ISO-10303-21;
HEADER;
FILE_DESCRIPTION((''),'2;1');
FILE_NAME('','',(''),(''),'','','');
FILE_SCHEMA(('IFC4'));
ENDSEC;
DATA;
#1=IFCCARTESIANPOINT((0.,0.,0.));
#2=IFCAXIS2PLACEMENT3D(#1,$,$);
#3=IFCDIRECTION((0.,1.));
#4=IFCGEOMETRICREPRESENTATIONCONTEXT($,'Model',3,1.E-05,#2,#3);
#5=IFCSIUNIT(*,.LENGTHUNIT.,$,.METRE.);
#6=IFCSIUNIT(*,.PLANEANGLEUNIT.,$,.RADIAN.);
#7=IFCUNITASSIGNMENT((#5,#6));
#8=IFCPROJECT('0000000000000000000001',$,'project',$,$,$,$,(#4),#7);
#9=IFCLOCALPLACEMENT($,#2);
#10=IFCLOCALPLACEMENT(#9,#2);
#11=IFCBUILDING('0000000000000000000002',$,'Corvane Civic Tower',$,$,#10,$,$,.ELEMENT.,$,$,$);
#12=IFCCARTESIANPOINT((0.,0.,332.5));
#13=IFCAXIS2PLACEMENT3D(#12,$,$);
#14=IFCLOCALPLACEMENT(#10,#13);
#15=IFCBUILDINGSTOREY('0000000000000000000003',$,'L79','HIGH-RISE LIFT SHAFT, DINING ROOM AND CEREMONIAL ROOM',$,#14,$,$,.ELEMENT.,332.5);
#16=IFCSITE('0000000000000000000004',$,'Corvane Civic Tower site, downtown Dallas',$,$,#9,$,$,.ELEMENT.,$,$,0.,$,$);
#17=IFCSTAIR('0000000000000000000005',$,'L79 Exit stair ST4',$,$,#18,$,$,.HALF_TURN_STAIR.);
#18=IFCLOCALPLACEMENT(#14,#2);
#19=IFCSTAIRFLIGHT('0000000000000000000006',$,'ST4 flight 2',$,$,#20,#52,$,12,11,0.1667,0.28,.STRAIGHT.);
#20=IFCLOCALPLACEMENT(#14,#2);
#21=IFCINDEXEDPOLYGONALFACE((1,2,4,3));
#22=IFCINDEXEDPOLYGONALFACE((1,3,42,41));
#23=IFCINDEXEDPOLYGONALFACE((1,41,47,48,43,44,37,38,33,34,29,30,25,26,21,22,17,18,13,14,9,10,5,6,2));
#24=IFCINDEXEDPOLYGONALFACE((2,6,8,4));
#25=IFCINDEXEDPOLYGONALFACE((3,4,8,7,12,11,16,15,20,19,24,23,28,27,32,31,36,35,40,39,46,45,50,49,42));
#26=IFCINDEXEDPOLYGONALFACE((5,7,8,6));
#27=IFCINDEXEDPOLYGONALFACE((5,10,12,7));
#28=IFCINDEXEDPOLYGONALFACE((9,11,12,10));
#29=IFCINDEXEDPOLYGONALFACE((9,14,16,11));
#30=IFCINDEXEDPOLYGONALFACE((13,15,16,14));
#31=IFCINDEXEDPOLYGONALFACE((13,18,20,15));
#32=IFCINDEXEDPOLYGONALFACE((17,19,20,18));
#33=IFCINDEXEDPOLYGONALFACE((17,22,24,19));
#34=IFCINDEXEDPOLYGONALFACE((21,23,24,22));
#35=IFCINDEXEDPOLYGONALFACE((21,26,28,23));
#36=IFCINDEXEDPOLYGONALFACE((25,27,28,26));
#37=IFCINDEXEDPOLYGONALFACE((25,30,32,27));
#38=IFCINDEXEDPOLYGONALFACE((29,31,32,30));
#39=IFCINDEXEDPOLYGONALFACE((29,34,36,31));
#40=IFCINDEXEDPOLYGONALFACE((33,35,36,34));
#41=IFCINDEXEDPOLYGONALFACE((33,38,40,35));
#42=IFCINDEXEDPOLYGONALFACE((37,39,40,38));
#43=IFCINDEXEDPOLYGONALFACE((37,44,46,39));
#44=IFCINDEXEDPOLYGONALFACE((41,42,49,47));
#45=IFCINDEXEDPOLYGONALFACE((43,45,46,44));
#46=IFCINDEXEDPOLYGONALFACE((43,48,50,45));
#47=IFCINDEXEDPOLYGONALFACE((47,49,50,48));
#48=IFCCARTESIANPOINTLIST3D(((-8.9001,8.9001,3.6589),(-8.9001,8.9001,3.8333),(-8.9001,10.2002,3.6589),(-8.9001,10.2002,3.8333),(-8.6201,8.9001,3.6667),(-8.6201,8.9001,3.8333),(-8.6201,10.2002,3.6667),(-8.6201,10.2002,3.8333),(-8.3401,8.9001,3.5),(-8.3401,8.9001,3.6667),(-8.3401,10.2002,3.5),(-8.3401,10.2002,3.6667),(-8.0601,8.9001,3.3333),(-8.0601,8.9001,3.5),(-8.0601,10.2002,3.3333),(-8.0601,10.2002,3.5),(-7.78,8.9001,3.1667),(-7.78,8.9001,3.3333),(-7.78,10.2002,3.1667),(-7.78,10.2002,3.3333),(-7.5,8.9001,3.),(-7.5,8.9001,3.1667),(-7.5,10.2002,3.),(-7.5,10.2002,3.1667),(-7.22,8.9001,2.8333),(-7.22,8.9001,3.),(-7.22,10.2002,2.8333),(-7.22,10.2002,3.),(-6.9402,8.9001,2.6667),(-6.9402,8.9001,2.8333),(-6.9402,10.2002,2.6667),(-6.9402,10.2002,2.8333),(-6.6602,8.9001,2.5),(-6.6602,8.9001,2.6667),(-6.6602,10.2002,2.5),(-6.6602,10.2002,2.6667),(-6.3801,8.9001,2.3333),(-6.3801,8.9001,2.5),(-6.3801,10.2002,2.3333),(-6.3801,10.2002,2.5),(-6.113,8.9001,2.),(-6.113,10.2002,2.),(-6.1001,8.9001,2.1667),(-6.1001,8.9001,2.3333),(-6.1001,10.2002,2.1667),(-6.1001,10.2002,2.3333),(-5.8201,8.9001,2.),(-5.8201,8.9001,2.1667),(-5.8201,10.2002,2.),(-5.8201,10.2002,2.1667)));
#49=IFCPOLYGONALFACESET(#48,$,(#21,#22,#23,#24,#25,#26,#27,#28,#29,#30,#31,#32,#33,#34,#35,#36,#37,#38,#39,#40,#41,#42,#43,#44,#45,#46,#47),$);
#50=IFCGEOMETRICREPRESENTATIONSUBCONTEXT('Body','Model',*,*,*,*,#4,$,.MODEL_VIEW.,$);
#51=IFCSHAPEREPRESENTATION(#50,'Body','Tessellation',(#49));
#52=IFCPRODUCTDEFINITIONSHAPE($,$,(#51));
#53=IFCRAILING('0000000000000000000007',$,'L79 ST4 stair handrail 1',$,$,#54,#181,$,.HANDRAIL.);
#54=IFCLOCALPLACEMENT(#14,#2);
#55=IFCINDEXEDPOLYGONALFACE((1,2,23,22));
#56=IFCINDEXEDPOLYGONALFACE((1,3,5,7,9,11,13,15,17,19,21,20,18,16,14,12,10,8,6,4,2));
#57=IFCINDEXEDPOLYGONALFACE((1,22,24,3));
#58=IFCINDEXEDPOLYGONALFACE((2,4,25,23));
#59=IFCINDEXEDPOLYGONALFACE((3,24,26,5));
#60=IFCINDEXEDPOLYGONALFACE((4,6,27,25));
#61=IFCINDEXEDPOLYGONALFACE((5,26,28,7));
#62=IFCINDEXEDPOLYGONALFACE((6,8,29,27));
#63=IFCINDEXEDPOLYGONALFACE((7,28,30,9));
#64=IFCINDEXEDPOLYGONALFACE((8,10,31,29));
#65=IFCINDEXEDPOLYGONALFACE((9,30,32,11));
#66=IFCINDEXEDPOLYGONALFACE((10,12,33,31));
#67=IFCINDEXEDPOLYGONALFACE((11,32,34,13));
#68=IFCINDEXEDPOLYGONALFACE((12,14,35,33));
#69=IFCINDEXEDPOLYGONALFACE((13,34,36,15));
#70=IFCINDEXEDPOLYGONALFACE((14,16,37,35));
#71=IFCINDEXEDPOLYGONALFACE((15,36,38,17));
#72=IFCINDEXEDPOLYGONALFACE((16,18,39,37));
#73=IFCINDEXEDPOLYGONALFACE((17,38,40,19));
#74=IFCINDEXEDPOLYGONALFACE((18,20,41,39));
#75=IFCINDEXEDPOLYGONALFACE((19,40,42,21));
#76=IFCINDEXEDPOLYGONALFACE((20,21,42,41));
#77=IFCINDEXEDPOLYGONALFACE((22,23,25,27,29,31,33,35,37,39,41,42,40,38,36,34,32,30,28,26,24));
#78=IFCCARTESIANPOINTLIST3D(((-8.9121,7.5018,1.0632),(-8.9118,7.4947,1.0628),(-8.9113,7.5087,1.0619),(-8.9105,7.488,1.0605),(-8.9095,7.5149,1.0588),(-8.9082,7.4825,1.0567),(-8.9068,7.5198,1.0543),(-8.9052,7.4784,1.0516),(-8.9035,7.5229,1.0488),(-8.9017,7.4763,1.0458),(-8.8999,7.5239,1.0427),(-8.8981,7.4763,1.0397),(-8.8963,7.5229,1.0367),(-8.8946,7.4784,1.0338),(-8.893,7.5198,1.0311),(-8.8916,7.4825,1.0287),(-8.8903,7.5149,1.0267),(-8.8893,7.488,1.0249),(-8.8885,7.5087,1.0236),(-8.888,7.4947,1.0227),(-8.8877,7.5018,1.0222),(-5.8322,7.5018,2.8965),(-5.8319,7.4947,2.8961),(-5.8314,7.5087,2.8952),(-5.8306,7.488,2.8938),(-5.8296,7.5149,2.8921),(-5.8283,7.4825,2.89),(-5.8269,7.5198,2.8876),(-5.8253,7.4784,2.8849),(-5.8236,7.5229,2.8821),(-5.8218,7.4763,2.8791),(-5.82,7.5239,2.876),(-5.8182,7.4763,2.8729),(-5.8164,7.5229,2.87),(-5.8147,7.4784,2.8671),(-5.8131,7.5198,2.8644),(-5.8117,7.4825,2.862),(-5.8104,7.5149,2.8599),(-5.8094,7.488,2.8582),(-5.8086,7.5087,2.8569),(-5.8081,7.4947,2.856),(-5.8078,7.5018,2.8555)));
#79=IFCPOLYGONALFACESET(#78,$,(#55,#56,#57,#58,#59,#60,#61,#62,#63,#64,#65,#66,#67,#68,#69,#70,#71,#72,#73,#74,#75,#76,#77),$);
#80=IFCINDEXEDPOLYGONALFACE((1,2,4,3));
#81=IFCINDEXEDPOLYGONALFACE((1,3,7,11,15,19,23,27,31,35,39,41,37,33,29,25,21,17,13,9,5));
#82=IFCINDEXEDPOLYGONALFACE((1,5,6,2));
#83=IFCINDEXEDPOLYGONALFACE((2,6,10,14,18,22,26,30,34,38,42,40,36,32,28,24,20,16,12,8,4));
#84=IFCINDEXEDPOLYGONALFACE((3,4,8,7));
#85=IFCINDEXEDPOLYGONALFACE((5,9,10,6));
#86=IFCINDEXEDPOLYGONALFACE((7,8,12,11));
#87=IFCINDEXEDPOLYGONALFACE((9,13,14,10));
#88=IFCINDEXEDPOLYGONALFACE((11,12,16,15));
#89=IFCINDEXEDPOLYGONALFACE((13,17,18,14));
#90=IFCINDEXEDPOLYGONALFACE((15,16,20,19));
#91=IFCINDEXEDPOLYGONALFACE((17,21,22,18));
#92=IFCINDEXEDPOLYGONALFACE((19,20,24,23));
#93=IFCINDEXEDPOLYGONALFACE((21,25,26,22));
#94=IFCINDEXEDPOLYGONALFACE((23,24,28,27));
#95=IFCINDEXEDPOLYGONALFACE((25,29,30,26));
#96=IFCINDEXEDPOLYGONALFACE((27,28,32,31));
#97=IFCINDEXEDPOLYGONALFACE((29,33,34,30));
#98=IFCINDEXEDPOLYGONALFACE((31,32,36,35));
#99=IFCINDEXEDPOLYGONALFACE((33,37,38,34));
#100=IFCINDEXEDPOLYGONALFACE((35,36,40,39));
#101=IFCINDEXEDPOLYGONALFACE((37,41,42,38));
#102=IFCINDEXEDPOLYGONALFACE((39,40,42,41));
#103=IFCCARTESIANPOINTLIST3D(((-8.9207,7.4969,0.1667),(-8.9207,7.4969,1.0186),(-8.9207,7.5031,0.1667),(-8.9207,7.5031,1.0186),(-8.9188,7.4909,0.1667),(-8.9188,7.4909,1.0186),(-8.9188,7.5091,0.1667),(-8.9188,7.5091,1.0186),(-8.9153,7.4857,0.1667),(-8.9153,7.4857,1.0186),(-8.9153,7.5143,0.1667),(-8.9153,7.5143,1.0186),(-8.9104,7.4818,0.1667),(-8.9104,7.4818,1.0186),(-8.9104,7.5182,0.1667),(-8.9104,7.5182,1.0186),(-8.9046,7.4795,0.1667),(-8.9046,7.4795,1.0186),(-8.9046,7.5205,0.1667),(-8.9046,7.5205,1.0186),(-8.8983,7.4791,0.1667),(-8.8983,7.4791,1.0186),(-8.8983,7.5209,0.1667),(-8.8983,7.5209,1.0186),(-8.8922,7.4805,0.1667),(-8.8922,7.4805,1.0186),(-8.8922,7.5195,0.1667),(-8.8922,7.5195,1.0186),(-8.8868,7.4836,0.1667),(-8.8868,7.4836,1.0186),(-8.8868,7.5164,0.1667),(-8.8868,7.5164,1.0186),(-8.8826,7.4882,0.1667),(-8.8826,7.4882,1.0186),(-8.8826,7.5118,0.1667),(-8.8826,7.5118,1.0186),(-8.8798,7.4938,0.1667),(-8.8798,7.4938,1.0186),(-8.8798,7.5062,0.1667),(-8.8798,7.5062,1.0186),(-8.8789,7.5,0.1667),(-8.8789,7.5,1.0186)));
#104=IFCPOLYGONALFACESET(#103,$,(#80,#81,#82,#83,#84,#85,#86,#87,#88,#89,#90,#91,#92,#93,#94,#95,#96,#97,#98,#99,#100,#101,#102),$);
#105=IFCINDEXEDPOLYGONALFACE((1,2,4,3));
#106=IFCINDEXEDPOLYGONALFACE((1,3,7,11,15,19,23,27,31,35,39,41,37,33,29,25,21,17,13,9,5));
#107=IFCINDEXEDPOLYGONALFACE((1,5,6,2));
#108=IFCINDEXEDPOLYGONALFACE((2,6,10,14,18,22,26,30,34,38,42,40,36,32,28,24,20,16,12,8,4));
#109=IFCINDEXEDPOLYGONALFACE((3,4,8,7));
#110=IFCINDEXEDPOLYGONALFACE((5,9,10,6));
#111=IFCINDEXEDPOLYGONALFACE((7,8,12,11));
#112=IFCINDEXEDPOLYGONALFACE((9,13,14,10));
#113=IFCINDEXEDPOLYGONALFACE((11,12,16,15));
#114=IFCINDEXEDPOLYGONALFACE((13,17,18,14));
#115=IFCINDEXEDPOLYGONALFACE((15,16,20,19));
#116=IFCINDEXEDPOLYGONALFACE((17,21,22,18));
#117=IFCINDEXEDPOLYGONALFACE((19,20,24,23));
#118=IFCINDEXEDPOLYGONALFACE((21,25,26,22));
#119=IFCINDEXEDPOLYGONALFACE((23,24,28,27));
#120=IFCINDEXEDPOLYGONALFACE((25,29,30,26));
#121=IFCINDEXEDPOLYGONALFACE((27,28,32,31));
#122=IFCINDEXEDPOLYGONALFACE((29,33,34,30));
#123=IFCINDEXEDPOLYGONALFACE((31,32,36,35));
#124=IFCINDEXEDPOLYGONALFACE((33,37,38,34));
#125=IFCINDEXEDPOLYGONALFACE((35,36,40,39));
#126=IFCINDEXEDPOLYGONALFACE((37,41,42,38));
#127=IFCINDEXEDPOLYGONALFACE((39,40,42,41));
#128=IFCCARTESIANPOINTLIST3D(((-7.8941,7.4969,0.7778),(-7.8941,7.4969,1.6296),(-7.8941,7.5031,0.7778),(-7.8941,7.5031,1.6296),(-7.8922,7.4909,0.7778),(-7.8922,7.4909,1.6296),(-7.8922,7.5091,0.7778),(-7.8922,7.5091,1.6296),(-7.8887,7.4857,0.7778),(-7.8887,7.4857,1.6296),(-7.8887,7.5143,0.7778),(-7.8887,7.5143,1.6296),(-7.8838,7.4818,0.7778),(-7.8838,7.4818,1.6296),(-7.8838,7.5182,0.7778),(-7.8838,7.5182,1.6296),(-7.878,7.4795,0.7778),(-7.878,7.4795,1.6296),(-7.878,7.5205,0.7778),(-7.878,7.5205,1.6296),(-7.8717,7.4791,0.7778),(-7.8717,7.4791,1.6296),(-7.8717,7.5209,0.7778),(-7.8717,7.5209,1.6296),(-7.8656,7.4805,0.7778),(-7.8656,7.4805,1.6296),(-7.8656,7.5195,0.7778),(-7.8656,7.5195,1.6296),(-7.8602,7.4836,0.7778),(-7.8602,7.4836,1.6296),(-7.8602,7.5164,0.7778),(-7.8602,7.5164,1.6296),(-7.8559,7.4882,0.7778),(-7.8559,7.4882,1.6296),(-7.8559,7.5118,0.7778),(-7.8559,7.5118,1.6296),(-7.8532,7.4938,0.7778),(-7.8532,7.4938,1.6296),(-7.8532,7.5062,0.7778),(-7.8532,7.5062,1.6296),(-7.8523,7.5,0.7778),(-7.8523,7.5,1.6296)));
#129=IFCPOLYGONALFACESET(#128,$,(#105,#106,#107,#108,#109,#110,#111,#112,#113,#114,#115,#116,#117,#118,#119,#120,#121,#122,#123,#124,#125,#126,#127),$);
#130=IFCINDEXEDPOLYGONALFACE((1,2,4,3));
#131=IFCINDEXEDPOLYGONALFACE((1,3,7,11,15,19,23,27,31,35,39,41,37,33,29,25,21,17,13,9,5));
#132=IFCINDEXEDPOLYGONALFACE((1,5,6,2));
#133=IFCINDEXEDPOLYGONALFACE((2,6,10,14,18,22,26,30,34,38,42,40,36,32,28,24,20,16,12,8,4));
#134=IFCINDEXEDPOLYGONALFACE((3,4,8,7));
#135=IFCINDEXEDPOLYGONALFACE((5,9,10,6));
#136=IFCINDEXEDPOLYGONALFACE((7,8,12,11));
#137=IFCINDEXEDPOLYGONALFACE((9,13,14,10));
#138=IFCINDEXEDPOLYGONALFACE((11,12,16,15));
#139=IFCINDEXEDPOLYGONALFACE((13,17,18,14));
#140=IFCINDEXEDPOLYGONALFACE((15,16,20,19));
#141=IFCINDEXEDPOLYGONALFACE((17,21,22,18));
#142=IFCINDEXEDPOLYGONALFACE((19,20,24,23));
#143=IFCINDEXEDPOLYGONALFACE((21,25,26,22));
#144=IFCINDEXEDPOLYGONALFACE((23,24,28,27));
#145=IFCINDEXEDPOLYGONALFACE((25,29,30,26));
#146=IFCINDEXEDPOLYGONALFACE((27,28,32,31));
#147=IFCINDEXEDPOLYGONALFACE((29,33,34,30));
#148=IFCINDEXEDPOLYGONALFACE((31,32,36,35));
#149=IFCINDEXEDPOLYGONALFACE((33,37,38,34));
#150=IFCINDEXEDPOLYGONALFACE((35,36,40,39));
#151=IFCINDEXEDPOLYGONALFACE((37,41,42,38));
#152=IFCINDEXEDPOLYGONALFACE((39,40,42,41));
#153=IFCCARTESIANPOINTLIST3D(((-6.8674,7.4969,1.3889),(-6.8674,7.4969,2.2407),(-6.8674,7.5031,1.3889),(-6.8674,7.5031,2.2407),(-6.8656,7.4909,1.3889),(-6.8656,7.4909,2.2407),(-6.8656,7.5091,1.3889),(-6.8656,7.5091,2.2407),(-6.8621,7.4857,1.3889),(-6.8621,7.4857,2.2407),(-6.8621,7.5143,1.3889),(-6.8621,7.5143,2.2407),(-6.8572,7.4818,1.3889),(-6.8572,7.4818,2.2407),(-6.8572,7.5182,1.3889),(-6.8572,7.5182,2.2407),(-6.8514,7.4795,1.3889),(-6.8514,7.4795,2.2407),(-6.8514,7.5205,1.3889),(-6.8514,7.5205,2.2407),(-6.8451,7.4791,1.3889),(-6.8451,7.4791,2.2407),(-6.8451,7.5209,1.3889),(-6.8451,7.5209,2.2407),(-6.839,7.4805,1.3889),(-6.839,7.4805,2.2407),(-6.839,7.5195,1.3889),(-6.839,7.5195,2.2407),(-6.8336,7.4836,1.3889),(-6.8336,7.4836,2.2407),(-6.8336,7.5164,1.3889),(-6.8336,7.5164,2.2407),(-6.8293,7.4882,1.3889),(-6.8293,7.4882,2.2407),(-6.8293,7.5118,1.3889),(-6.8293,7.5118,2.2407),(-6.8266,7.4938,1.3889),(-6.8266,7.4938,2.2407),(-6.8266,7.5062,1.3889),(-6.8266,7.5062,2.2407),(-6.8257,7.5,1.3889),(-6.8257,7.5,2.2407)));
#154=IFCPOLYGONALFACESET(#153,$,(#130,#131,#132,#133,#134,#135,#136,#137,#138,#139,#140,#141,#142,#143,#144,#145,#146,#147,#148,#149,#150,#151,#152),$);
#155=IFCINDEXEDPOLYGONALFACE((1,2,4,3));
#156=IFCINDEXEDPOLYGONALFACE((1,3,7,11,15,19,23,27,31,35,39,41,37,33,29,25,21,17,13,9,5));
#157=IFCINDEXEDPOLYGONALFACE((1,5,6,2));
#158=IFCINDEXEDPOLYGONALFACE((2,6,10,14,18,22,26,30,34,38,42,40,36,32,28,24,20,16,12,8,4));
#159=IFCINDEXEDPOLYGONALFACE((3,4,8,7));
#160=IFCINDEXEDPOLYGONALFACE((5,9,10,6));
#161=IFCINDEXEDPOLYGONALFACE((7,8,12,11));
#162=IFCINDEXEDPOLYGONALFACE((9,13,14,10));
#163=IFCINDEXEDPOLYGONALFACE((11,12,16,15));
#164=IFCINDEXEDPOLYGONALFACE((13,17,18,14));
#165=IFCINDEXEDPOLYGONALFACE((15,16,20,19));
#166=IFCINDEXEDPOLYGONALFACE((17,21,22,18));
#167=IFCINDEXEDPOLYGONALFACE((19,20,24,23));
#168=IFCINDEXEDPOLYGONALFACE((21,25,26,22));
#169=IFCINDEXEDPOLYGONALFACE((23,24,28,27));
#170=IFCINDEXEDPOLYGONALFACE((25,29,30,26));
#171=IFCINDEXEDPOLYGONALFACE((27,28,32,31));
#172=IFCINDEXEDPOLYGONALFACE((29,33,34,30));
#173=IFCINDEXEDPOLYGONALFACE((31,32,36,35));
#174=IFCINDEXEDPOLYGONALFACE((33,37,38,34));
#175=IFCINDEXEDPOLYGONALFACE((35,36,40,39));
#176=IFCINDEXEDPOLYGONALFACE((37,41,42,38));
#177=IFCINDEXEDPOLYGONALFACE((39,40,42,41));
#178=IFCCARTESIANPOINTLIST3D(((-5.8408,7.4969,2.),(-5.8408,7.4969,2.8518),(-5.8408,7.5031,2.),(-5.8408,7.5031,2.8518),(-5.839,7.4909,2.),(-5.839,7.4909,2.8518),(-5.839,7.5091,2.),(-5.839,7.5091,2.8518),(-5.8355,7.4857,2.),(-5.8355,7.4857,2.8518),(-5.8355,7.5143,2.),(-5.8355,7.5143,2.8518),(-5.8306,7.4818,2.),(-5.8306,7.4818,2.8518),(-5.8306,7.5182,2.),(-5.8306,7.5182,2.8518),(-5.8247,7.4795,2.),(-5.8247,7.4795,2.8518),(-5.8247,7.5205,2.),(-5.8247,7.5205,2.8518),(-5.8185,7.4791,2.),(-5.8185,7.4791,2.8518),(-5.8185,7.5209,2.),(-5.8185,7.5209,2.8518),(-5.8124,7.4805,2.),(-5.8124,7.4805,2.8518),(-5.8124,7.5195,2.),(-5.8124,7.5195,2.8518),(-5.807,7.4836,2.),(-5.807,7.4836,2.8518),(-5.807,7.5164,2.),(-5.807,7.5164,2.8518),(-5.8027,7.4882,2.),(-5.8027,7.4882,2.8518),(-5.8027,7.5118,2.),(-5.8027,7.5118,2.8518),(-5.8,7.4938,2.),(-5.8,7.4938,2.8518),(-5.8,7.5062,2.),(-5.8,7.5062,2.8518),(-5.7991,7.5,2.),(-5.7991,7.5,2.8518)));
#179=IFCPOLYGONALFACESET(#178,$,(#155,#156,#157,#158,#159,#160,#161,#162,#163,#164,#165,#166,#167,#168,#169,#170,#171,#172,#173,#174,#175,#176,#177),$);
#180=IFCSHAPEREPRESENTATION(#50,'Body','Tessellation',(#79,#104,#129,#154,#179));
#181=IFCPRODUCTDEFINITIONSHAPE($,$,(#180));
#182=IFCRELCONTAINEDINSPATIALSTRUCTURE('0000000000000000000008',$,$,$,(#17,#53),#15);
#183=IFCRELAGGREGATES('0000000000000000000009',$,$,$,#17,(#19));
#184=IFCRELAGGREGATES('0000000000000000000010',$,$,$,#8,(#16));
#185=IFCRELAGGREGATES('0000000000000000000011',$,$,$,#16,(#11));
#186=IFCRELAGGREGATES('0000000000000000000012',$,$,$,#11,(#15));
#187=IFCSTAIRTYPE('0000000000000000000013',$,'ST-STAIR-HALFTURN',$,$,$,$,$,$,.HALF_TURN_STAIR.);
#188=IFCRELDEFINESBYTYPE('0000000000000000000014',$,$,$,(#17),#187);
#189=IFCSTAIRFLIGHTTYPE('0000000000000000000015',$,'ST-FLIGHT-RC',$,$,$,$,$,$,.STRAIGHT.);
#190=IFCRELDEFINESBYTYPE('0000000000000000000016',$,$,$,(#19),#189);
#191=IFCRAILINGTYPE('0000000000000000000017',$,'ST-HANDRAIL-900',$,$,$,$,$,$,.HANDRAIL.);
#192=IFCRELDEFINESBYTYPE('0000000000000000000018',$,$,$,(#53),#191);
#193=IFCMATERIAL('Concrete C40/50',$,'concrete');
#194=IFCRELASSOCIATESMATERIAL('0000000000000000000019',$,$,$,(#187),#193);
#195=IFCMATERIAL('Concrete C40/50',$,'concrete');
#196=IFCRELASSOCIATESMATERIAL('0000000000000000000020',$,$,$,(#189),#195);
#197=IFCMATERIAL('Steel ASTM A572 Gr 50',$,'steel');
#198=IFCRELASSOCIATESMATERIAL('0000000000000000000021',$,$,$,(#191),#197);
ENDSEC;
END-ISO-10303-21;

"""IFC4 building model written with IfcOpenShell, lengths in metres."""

from ifc_helpers import new_model, si_unit, direction, frame, origin, origin_2d, place, context, subcontext, project, spatial, polyline, circle, outline, extrude, material, type_object, element, aggregate, save


model = new_model("IFC4")

# Units and contexts
model_context = context("Model", 3, precision=1e-05, world=origin(), true_north=direction((0.0, 1.0)))
body_context = subcontext(model_context, "Body", "Model", "MODEL_VIEW")
ifc_project = project(units=[si_unit("LENGTHUNIT", "METRE"), si_unit("PLANEANGLEUNIT", "RADIAN")], contexts=[model_context])

# Site, building, storey
site_placement = place(None, origin())
site = spatial("IfcSite", under=ifc_project, at=site_placement, Name="Corvane Civic Tower site, downtown Dallas", CompositionType="ELEMENT", RefElevation=0.0)
building_placement = place(site_placement, origin())
building = spatial("IfcBuilding", under=site, at=building_placement, Name="Corvane Civic Tower", CompositionType="ELEMENT")
storey_placement = place(building_placement, frame((0.0, 0.0, 332.5)))
storey = spatial("IfcBuildingStorey", under=building, at=storey_placement, Name="L79", Description="HIGH-RISE LIFT SHAFT, DINING ROOM AND CEREMONIAL ROOM", CompositionType="ELEMENT", Elevation=332.5)

# Stair
ifc_material_1 = material(Name="Concrete C40/50", Category="concrete")
stair_type = type_object("IfcStairType", Name="ST-STAIR-HALFTURN", PredefinedType="HALF_TURN_STAIR", material=ifc_material_1)
stair_1_placement = place(storey_placement, origin())
stair_1 = element("IfcStair", 1, at=stair_1_placement, inside=storey, type_object=stair_type, Name="L79 Exit stair ST4", PredefinedType="HALF_TURN_STAIR")

# Stair flight
ifc_material_2 = material(Name="Concrete C40/50", Category="concrete")
stair_flight_type = type_object("IfcStairFlightType", Name="ST-FLIGHT-RC", PredefinedType="STRAIGHT", material=ifc_material_2)
stair_flight_1_placement = place(storey_placement, frame((-5.8201, 9.55, 2.0), z_axis=(0.0, 0.0, 1.0), x_axis=(-1.0, 0.0, 0.0)))
stair_flight_1 = element("IfcStairFlight", 2, at=stair_flight_1_placement, type_object=stair_flight_type, Name="ST4 flight 2", NumberOfRisers=12, NumberOfTreads=11, PredefinedType="STRAIGHT", RiserHeight=0.1667, TreadLength=0.28, context=body_context, shape_type="SweptSolid", body=[
    extrude(outline(polyline([(0.0, 0.0), (0.0, 0.1667), (0.28, 0.1667), (0.28, 0.3333), (0.5601, 0.3333), (0.5601, 0.5), (0.8401, 0.5), (0.8401, 0.6667), (1.1201, 0.6667), (1.1201, 0.8333), (1.3999, 0.8333), (1.3999, 1.0), (1.6799, 1.0), (1.6799, 1.1667), (1.96, 1.1667), (1.96, 1.3333), (2.24, 1.3333), (2.24, 1.5), (2.52, 1.5), (2.52, 1.6667), (2.8, 1.6667), (2.8, 1.8333), (3.0801, 1.8333), (3.0801, 2.0), (3.0801, 1.6589), (0.293, 0.0), (0.0, 0.0)])), frame((0.0, 0.6499, 0.0), z_axis=(0.0, -1.0, 0.0), x_axis=(1.0, 0.0, 0.0)), (0.0, 0.0, 1.0), 1.3),
])
aggregate(stair_1, [stair_flight_1])

# Railing
ifc_material_3 = material(Name="Steel ASTM A572 Gr 50", Category="steel")
railing_type_1 = type_object("IfcRailingType", Name="ST-HANDRAIL-900", PredefinedType="HANDRAIL", material=ifc_material_3)
railing_1_placement = place(storey_placement, frame((-8.8999, 7.5, 0.1667)))
element("IfcRailing", 3, at=railing_1_placement, inside=storey, type_object=railing_type_1, Name="L79 ST4 stair handrail 1", PredefinedType="HANDRAIL", context=body_context, shape_type="SweptSolid", body=[
    extrude(circle(Radius=0.0239, at=origin_2d()), frame((0.0, 0.0, 0.876), z_axis=(0.859291, 0.0, 0.511487), x_axis=(0.0, 1.0, 0.0)), (0.0, 0.0, 1.0), 3.5842),
    extrude(circle(Radius=0.021, at=origin_2d()), origin(), (0.0, 0.0, 1.0), 0.8518),
    extrude(circle(Radius=0.021, at=origin_2d()), frame((1.0266, 0.0, 0.6111)), (0.0, 0.0, 1.0), 0.8518),
    extrude(circle(Radius=0.021, at=origin_2d()), frame((2.0532, 0.0, 1.2222)), (0.0, 0.0, 1.0), 0.8518),
    extrude(circle(Radius=0.021, at=origin_2d()), frame((3.0798, 0.0, 1.8333)), (0.0, 0.0, 1.0), 0.8518),
])

save(model, "model.ifc")
